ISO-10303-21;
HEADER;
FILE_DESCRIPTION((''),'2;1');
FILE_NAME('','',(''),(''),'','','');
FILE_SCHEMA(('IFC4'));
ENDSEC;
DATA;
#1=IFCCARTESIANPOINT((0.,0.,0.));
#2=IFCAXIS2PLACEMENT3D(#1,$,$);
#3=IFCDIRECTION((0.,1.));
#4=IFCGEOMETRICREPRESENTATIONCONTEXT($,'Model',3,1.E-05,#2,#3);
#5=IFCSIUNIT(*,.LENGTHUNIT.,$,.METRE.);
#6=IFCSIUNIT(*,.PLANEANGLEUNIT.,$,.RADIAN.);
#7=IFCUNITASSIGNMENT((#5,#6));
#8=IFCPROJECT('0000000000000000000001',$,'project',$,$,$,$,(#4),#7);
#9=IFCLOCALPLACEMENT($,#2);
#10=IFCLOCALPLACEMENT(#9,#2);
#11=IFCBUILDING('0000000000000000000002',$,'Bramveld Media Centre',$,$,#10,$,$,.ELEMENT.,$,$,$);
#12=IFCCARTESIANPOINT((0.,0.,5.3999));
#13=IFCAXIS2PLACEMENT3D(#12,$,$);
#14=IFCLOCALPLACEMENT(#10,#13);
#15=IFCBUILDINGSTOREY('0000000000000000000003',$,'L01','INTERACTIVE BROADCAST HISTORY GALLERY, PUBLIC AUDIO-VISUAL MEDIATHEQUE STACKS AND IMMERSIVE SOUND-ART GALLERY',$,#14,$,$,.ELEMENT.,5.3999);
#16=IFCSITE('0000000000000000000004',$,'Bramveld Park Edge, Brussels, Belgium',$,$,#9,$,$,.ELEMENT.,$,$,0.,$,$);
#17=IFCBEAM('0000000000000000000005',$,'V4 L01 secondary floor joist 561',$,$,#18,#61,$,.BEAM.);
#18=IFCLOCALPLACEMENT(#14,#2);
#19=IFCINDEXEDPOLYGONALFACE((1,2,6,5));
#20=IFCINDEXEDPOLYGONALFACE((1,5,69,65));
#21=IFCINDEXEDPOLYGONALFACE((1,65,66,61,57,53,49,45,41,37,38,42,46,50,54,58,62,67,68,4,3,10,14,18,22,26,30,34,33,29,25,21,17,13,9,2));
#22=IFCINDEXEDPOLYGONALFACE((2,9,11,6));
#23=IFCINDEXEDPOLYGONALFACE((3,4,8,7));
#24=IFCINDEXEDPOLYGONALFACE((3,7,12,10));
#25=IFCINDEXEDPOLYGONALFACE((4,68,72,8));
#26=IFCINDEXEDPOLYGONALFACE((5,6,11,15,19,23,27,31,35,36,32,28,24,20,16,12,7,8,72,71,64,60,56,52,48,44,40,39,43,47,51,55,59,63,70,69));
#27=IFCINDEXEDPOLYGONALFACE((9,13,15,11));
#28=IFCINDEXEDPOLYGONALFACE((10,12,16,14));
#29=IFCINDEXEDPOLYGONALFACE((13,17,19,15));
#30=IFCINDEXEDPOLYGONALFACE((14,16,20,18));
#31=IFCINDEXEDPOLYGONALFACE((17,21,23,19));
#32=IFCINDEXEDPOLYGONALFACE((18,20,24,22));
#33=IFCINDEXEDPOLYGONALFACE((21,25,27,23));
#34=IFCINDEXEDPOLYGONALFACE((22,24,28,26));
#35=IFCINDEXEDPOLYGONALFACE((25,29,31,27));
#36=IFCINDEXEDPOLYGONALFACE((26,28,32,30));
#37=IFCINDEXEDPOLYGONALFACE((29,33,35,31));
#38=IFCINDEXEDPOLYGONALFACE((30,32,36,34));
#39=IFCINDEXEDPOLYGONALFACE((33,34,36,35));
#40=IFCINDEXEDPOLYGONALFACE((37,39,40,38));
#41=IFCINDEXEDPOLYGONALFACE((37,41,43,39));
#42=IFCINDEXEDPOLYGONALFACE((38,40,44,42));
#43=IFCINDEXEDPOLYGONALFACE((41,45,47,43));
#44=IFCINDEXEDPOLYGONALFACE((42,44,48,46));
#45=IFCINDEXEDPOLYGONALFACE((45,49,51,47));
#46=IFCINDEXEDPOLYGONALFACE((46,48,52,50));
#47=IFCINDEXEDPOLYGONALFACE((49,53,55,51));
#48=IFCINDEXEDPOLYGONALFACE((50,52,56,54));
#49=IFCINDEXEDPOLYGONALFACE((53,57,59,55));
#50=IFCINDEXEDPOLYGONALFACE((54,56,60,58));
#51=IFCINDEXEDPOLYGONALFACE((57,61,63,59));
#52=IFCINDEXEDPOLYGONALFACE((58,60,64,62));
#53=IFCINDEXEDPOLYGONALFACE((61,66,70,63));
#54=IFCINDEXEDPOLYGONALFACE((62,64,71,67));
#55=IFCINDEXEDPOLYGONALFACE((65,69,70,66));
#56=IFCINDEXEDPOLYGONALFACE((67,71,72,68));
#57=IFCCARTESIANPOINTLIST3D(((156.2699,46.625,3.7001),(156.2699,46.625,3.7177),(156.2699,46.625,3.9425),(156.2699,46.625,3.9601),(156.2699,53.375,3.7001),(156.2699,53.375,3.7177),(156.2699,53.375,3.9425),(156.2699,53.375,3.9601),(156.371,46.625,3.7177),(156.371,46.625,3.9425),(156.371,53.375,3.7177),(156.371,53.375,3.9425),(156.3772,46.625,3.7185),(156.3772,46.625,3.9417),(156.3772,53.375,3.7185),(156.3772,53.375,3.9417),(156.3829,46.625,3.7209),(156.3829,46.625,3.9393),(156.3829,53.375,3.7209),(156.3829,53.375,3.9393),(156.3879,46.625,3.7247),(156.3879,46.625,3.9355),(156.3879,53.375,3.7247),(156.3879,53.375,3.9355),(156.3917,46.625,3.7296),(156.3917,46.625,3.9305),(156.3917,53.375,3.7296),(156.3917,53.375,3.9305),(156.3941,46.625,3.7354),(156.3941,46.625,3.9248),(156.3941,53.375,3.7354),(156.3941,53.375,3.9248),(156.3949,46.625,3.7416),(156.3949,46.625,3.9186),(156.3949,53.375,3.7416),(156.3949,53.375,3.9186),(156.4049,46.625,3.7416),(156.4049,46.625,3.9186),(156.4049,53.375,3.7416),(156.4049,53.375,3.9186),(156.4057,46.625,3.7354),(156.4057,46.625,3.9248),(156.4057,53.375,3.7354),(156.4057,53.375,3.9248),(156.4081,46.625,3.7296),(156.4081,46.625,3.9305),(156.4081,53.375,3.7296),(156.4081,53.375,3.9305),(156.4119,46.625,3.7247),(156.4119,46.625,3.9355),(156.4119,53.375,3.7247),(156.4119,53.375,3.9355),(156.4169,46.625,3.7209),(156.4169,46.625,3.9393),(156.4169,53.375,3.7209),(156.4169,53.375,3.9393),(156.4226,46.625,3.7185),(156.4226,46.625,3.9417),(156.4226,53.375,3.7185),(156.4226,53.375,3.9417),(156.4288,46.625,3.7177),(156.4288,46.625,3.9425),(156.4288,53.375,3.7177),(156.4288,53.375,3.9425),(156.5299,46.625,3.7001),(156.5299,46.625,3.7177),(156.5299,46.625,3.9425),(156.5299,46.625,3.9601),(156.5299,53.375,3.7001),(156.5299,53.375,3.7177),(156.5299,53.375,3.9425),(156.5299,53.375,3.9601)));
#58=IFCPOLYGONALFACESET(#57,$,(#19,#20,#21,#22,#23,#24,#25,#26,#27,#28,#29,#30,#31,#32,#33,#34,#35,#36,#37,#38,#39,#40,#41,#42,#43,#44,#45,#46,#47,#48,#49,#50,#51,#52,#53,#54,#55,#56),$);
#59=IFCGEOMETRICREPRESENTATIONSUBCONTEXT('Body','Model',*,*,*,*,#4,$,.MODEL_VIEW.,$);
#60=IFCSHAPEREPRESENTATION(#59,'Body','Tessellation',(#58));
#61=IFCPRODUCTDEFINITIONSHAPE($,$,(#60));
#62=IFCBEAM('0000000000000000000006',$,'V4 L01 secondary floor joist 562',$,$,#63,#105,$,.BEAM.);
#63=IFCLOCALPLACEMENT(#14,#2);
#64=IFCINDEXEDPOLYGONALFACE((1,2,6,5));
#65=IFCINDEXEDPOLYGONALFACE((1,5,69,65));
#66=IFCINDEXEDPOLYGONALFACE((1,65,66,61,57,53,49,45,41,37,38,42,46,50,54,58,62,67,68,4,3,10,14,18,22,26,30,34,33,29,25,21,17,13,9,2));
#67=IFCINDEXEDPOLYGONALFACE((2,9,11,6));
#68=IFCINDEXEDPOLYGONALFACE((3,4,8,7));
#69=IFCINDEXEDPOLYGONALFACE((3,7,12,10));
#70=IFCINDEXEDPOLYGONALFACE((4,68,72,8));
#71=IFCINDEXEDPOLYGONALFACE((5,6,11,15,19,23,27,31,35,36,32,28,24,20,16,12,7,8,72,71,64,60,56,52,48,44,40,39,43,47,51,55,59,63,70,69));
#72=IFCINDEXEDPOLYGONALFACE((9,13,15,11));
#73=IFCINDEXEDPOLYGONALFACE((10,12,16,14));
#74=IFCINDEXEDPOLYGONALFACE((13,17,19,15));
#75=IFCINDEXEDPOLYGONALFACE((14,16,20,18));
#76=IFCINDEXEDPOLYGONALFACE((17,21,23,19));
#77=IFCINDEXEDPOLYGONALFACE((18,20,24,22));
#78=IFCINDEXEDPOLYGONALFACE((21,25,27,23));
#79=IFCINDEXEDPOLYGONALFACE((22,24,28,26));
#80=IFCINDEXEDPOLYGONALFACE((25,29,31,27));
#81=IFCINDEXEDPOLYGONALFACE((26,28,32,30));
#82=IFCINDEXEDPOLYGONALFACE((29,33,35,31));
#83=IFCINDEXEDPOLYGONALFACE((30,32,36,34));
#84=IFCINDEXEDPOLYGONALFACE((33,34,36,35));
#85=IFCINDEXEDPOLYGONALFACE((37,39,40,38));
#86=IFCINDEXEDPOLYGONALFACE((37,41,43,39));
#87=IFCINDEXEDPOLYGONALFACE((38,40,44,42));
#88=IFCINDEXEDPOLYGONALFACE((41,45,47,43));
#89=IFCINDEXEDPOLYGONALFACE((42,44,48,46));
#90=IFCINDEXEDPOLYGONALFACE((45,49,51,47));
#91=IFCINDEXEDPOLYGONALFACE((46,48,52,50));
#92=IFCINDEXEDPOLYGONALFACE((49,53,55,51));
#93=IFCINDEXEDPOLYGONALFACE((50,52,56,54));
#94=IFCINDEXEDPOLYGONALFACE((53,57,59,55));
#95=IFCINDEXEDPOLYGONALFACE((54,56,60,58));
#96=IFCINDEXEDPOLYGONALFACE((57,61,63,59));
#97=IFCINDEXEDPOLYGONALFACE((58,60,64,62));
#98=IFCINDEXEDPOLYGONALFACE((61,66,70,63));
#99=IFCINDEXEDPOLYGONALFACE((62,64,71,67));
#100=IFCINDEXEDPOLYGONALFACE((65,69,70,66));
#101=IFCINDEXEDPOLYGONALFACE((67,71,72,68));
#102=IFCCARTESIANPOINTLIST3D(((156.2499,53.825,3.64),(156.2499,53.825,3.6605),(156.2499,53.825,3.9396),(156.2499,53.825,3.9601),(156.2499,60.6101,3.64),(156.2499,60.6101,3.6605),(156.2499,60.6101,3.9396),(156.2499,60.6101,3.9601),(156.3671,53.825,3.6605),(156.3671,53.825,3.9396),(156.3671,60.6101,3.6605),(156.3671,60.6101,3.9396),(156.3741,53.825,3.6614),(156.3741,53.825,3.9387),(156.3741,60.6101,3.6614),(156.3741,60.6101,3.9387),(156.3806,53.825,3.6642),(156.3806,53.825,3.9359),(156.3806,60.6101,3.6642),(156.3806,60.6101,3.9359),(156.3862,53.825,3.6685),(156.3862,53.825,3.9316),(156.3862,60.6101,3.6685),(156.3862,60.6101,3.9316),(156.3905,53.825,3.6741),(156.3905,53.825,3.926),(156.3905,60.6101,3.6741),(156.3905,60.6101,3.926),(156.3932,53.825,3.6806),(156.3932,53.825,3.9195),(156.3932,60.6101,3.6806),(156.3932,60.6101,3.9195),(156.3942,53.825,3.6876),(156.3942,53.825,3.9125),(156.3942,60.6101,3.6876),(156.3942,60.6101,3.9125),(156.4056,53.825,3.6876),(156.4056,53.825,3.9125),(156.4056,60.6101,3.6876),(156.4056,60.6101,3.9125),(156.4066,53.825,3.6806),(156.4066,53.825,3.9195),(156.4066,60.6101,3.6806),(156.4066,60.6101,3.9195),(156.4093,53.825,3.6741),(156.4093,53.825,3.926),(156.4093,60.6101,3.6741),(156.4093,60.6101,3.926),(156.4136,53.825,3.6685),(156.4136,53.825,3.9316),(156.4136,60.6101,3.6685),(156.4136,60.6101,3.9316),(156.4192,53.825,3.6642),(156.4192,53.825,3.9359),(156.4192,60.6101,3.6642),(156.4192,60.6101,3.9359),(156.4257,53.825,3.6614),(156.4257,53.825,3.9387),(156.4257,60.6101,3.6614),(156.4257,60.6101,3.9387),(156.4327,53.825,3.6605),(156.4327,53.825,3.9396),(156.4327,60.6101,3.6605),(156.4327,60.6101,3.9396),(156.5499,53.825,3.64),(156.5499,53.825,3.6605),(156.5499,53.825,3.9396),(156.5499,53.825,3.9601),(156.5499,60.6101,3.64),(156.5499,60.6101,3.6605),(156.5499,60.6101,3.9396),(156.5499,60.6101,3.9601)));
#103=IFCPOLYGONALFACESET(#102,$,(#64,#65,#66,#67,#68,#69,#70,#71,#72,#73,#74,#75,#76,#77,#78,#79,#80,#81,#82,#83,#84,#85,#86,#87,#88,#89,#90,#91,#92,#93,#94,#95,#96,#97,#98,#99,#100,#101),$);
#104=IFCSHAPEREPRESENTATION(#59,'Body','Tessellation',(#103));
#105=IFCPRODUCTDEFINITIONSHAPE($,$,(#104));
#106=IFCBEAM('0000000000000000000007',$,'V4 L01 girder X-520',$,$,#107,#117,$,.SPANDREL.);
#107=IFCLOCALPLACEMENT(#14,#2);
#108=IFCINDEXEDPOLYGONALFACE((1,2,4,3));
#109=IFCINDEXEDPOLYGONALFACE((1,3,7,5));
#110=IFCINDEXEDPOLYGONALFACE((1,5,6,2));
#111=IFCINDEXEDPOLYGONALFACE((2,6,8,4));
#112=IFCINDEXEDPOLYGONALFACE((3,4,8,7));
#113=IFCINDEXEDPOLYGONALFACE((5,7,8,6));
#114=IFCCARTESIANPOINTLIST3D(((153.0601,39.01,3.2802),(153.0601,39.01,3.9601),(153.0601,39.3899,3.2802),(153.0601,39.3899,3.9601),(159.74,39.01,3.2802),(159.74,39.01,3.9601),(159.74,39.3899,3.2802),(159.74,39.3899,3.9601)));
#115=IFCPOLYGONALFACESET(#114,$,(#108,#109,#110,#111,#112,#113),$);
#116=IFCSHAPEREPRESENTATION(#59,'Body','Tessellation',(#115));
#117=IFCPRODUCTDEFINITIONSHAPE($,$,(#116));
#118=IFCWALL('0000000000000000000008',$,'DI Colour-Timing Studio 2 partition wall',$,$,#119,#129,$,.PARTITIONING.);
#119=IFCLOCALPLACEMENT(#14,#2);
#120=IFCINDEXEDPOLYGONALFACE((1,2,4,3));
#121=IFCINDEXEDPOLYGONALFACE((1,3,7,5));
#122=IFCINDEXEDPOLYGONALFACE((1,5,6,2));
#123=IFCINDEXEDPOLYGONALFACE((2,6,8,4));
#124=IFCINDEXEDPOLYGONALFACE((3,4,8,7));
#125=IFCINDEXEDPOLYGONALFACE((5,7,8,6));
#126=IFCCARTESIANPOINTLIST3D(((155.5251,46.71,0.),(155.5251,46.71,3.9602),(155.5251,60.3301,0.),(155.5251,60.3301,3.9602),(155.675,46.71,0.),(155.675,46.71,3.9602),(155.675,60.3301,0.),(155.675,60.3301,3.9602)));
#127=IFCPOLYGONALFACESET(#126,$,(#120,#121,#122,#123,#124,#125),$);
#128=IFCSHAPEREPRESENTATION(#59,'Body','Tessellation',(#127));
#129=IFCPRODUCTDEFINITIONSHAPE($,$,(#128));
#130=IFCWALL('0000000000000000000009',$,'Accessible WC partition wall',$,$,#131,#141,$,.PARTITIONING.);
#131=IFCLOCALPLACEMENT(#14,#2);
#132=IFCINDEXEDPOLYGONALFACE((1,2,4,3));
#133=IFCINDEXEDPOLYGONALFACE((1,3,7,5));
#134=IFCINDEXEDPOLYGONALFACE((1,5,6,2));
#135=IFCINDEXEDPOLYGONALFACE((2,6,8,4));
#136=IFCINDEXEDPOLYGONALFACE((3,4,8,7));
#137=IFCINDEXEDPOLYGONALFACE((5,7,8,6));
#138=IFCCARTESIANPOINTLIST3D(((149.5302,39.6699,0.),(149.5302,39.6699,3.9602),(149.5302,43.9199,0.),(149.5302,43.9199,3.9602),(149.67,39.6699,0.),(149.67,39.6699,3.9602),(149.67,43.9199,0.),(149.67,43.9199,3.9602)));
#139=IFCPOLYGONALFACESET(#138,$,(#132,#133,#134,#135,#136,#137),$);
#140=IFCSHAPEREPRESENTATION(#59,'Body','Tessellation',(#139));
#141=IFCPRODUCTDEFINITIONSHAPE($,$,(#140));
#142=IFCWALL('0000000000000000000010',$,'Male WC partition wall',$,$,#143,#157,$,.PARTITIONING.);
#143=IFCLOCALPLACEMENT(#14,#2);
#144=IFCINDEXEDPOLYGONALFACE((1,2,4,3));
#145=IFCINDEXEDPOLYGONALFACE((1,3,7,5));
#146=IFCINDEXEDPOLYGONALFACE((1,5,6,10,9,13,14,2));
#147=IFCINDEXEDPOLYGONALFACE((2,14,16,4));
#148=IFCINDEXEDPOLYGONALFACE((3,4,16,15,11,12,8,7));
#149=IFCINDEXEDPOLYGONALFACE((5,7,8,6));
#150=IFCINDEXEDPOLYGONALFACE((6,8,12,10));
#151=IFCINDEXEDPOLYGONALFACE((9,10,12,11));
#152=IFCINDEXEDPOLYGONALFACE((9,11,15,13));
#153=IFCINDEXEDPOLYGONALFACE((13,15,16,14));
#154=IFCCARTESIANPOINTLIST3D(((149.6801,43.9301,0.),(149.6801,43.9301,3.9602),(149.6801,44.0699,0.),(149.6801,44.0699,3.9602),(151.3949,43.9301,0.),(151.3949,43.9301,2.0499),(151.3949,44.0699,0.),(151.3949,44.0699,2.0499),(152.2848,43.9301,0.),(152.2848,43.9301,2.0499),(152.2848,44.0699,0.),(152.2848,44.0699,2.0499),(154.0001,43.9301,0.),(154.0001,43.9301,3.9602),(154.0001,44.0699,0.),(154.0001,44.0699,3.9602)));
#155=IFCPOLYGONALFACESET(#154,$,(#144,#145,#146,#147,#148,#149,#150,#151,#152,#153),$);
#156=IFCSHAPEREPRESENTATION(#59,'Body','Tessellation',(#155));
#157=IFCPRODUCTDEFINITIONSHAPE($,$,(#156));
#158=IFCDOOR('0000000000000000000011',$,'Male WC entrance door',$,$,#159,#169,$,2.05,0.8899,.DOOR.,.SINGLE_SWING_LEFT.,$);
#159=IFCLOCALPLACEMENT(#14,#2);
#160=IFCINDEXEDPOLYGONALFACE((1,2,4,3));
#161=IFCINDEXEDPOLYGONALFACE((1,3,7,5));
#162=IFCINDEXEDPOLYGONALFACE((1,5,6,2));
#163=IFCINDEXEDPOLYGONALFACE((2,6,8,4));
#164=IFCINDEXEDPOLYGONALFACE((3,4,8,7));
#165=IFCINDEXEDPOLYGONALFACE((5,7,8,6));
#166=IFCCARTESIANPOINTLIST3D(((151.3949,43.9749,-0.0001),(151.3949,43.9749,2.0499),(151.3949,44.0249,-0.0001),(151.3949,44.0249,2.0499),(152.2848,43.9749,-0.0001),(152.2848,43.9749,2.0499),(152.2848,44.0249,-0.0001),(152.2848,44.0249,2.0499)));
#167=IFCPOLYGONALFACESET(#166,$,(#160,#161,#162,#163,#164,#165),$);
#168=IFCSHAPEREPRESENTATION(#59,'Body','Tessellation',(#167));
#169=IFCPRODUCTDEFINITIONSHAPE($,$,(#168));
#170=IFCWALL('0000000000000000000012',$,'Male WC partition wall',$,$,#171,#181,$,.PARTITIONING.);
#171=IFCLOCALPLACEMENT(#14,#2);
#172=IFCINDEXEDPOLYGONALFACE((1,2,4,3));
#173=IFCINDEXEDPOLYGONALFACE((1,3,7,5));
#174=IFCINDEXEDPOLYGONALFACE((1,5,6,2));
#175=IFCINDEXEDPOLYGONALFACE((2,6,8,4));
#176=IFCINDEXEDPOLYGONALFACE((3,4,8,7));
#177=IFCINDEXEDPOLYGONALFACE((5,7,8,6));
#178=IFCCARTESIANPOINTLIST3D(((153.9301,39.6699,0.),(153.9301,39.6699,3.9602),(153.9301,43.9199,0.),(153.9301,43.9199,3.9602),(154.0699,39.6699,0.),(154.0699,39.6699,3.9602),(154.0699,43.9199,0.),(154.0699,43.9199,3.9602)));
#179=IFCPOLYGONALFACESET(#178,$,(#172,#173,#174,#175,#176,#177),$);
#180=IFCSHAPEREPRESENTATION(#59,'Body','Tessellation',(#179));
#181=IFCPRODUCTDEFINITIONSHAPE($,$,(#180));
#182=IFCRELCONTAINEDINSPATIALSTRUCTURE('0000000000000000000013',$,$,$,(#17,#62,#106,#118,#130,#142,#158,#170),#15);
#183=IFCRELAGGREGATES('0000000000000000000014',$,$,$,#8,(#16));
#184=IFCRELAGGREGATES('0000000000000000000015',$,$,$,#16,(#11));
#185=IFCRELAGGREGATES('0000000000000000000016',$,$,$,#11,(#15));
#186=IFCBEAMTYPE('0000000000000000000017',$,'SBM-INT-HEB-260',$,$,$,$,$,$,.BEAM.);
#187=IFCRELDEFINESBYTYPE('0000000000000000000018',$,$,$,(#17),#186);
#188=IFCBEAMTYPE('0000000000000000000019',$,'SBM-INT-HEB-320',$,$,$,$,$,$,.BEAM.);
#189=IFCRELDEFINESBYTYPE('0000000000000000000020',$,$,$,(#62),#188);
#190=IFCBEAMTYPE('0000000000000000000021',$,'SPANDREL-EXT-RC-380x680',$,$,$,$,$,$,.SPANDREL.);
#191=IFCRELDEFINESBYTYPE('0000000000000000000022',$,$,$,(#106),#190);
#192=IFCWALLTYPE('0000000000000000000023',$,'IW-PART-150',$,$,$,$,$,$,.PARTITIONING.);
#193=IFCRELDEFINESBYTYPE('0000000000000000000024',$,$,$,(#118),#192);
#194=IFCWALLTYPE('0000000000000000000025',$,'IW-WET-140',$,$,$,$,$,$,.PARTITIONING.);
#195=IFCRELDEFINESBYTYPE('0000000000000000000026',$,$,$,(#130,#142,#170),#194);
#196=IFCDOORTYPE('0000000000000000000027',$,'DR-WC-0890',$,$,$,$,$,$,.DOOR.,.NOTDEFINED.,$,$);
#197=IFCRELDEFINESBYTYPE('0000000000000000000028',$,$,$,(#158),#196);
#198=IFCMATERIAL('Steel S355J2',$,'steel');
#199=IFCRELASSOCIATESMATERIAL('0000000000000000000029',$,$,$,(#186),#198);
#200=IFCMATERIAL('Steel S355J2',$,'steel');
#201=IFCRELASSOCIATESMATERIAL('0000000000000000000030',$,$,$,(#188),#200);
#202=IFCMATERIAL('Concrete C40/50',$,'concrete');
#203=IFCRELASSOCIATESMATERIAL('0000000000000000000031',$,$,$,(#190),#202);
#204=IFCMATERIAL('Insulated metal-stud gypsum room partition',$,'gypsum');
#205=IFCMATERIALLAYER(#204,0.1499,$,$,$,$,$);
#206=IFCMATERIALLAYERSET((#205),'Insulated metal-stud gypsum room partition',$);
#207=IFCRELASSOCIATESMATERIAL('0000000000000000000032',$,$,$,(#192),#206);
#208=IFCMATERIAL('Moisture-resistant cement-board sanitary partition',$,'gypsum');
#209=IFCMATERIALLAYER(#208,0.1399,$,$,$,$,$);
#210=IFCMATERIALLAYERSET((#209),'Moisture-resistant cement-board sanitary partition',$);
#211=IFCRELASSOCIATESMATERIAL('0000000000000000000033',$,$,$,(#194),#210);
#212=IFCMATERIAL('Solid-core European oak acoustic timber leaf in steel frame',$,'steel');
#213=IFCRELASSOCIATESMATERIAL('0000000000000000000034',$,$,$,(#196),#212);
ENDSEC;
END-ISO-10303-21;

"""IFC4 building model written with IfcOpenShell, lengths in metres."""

from ifc_helpers import new_model, si_unit, direction, frame, frame_2d, origin, origin_2d, place, context, subcontext, project, spatial, rectangle, i_section, extrude, material, layer, layer_set, material_profile, profile_set, type_object, element, fill, save


model = new_model("IFC4")

# Units and contexts
model_context = context("Model", 3, precision=1e-05, world=origin(), true_north=direction((0.0, 1.0)))
body_context = subcontext(model_context, "Body", "Model", "MODEL_VIEW")
ifc_project = project(units=[si_unit("LENGTHUNIT", "METRE"), si_unit("PLANEANGLEUNIT", "RADIAN")], contexts=[model_context])

# Site, building, storey
site_placement = place(None, origin())
site = spatial("IfcSite", under=ifc_project, at=site_placement, Name="Bramveld Park Edge, Brussels, Belgium", CompositionType="ELEMENT", RefElevation=0.0)
building_placement = place(site_placement, origin())
building = spatial("IfcBuilding", under=site, at=building_placement, Name="Bramveld Media Centre", CompositionType="ELEMENT")
storey_placement = place(building_placement, frame((0.0, 0.0, 5.3999)))
storey = spatial("IfcBuildingStorey", under=building, at=storey_placement, Name="L01", Description="INTERACTIVE BROADCAST HISTORY GALLERY, PUBLIC AUDIO-VISUAL MEDIATHEQUE STACKS AND IMMERSIVE SOUND-ART GALLERY", CompositionType="ELEMENT", Elevation=5.3999)

# Beams
ifc_material_1 = material(Name="Steel S355J2", Category="steel")
ifc_material_profile_1 = material_profile(ifc_material_1, i_section(OverallWidth=0.26, OverallDepth=0.26, WebThickness=0.01, FlangeThickness=0.0176, FilletRadius=0.0239, at=origin_2d()), Name="HEB 260")
ifc_profile_set_1 = profile_set([ifc_material_profile_1], Name="Steel S355J2")
beam_type_1 = type_object("IfcBeamType", Name="SBM-INT-HEB-260", PredefinedType="BEAM", material=ifc_profile_set_1)
beam_1_placement = place(storey_placement, frame((156.3999, 46.625, 3.8301), z_axis=(0.0, 1.0, 0.0), x_axis=(-1.0, 0.0, 0.0)))
element("IfcBeam", 1, at=beam_1_placement, inside=storey, type_object=beam_type_1, Name="V4 L01 secondary floor joist 561", PredefinedType="BEAM", context=body_context, shape_type="SweptSolid", body=[
    extrude(i_section(OverallWidth=0.26, OverallDepth=0.26, WebThickness=0.01, FlangeThickness=0.0176, FilletRadius=0.0239, at=origin_2d()), origin(), (0.0, 0.0, 1.0), 6.75),
])
ifc_material_2 = material(Name="Steel S355J2", Category="steel")
ifc_material_profile_2 = material_profile(ifc_material_2, i_section(OverallWidth=0.3, OverallDepth=0.3201, WebThickness=0.0115, FlangeThickness=0.0205, FilletRadius=0.0271, at=origin_2d()), Name="HEB 320")
ifc_profile_set_2 = profile_set([ifc_material_profile_2], Name="Steel S355J2")
beam_type_2 = type_object("IfcBeamType", Name="SBM-INT-HEB-320", PredefinedType="BEAM", material=ifc_profile_set_2)
beam_2_placement = place(storey_placement, frame((156.3999, 53.825, 3.8), z_axis=(0.0, 1.0, 0.0), x_axis=(-1.0, 0.0, 0.0)))
element("IfcBeam", 2, at=beam_2_placement, inside=storey, type_object=beam_type_2, Name="V4 L01 secondary floor joist 562", PredefinedType="BEAM", context=body_context, shape_type="SweptSolid", body=[
    extrude(i_section(OverallWidth=0.3, OverallDepth=0.3201, WebThickness=0.0115, FlangeThickness=0.0205, FilletRadius=0.0271, at=origin_2d()), origin(), (0.0, 0.0, 1.0), 6.7852),
])
ifc_material_3 = material(Name="Concrete C40/50", Category="concrete")
ifc_material_profile_3 = material_profile(ifc_material_3, rectangle(XDim=0.3799, YDim=0.6799, at=origin_2d()), Name="RC 380x680")
ifc_profile_set_3 = profile_set([ifc_material_profile_3], Name="Concrete C40/50")
beam_type_3 = type_object("IfcBeamType", Name="SPANDREL-EXT-RC-380x680", PredefinedType="SPANDREL", material=ifc_profile_set_3)
beam_3_placement = place(storey_placement, frame((153.0601, 39.2, 3.6201), z_axis=(1.0, 0.0, 0.0), x_axis=(0.0, 1.0, 0.0)))
element("IfcBeam", 3, at=beam_3_placement, inside=storey, type_object=beam_type_3, Name="V4 L01 girder X-520", PredefinedType="SPANDREL", context=body_context, shape_type="SweptSolid", body=[
    extrude(rectangle(XDim=0.3799, YDim=0.6799, at=origin_2d()), origin(), (0.0, 0.0, 1.0), 6.6799),
])

# Walls
ifc_material_4 = material(Name="Insulated metal-stud gypsum room partition", Category="gypsum")
ifc_layer_1 = layer(ifc_material_4, 0.1499)
ifc_layer_set_1 = layer_set([ifc_layer_1], Name="Insulated metal-stud gypsum room partition")
wall_type_1 = type_object("IfcWallType", Name="IW-PART-150", PredefinedType="PARTITIONING", material=ifc_layer_set_1)
wall_1_placement = place(storey_placement, frame((155.6001, 46.71, 0.0), z_axis=(0.0, 0.0, 1.0), x_axis=(0.0, 1.0, 0.0)))
element("IfcWall", 4, at=wall_1_placement, inside=storey, type_object=wall_type_1, Name="DI Colour-Timing Studio 2 partition wall", PredefinedType="PARTITIONING", context=body_context, shape_type="SweptSolid", body=[
    extrude(rectangle(XDim=13.6201, YDim=0.1499, at=frame_2d((6.8101, 0.0))), origin(), (0.0, 0.0, 1.0), 3.9602),
])
ifc_material_5 = material(Name="Moisture-resistant cement-board sanitary partition", Category="gypsum")
ifc_layer_2 = layer(ifc_material_5, 0.1399)
ifc_layer_set_2 = layer_set([ifc_layer_2], Name="Moisture-resistant cement-board sanitary partition")
wall_type_2 = type_object("IfcWallType", Name="IW-WET-140", PredefinedType="PARTITIONING", material=ifc_layer_set_2)
wall_2_placement = place(storey_placement, frame((149.6001, 39.6699, 0.0), z_axis=(0.0, 0.0, 1.0), x_axis=(0.0, 1.0, 0.0)))
element("IfcWall", 5, at=wall_2_placement, inside=storey, type_object=wall_type_2, Name="Accessible WC partition wall", PredefinedType="PARTITIONING", context=body_context, shape_type="SweptSolid", body=[
    extrude(rectangle(XDim=4.25, YDim=0.1399, at=frame_2d((2.125, 0.0))), origin(), (0.0, 0.0, 1.0), 3.9602),
])

# Wall, opening, door
wall_3_placement = place(storey_placement, frame((149.6799, 44.0, 0.0), z_axis=(0.0, 0.0, 1.0), x_axis=(1.0, 0.0, 0.0)))
wall_3 = element("IfcWall", 6, at=wall_3_placement, inside=storey, type_object=wall_type_2, Name="Male WC partition wall", PredefinedType="PARTITIONING", context=body_context, shape_type="SweptSolid", body=[
    extrude(rectangle(XDim=4.3201, YDim=0.1399, at=frame_2d((2.1602, 0.0))), origin(), (0.0, 0.0, 1.0), 3.9602),
])
opening_1_placement = place(wall_3_placement, frame((1.7151, 0.0, 0.0)))
opening_1 = element("IfcOpeningElement", 7, at=opening_1_placement, cuts=wall_3, PredefinedType="OPENING", context=body_context, shape_type="SweptSolid", body=[
    extrude(rectangle(XDim=0.8899, YDim=2.05, at=frame_2d((0.4448, 1.0249))), frame((0.0, 0.082, 0.0), z_axis=(0.0, -1.0, 0.0), x_axis=(1.0, 0.0, 0.0)), (0.0, 0.0, 1.0), 0.1638),
])
ifc_material_6 = material(Name="Solid-core European oak acoustic timber leaf in steel frame", Category="steel")
door_type_1 = type_object("IfcDoorType", Name="DR-WC-0890", OperationType="NOTDEFINED", PredefinedType="DOOR", material=ifc_material_6)
door_1_placement = place(opening_1_placement, origin())
door_1 = element("IfcDoor", 8, at=door_1_placement, inside=storey, type_object=door_type_1, Name="Male WC entrance door", OperationType="SINGLE_SWING_LEFT", OverallHeight=2.05, OverallWidth=0.8899, PredefinedType="DOOR", context=body_context, shape_type="SweptSolid", body=[
    extrude(rectangle(XDim=0.8899, YDim=2.05, at=frame_2d((0.4448, 1.0249))), frame((0.0, 0.0249, 0.0), z_axis=(0.0, -1.0, 0.0), x_axis=(1.0, 0.0, 0.0)), (0.0, 0.0, 1.0), 0.05),
])
fill(opening_1, door_1)

# Wall
wall_4_placement = place(storey_placement, frame((154.0, 39.6699, 0.0), z_axis=(0.0, 0.0, 1.0), x_axis=(0.0, 1.0, 0.0)))
element("IfcWall", 9, at=wall_4_placement, inside=storey, type_object=wall_type_2, Name="Male WC partition wall", PredefinedType="PARTITIONING", context=body_context, shape_type="SweptSolid", body=[
    extrude(rectangle(XDim=4.25, YDim=0.1399, at=frame_2d((2.125, 0.0))), origin(), (0.0, 0.0, 1.0), 3.9602),
])

save(model, "model.ifc")
